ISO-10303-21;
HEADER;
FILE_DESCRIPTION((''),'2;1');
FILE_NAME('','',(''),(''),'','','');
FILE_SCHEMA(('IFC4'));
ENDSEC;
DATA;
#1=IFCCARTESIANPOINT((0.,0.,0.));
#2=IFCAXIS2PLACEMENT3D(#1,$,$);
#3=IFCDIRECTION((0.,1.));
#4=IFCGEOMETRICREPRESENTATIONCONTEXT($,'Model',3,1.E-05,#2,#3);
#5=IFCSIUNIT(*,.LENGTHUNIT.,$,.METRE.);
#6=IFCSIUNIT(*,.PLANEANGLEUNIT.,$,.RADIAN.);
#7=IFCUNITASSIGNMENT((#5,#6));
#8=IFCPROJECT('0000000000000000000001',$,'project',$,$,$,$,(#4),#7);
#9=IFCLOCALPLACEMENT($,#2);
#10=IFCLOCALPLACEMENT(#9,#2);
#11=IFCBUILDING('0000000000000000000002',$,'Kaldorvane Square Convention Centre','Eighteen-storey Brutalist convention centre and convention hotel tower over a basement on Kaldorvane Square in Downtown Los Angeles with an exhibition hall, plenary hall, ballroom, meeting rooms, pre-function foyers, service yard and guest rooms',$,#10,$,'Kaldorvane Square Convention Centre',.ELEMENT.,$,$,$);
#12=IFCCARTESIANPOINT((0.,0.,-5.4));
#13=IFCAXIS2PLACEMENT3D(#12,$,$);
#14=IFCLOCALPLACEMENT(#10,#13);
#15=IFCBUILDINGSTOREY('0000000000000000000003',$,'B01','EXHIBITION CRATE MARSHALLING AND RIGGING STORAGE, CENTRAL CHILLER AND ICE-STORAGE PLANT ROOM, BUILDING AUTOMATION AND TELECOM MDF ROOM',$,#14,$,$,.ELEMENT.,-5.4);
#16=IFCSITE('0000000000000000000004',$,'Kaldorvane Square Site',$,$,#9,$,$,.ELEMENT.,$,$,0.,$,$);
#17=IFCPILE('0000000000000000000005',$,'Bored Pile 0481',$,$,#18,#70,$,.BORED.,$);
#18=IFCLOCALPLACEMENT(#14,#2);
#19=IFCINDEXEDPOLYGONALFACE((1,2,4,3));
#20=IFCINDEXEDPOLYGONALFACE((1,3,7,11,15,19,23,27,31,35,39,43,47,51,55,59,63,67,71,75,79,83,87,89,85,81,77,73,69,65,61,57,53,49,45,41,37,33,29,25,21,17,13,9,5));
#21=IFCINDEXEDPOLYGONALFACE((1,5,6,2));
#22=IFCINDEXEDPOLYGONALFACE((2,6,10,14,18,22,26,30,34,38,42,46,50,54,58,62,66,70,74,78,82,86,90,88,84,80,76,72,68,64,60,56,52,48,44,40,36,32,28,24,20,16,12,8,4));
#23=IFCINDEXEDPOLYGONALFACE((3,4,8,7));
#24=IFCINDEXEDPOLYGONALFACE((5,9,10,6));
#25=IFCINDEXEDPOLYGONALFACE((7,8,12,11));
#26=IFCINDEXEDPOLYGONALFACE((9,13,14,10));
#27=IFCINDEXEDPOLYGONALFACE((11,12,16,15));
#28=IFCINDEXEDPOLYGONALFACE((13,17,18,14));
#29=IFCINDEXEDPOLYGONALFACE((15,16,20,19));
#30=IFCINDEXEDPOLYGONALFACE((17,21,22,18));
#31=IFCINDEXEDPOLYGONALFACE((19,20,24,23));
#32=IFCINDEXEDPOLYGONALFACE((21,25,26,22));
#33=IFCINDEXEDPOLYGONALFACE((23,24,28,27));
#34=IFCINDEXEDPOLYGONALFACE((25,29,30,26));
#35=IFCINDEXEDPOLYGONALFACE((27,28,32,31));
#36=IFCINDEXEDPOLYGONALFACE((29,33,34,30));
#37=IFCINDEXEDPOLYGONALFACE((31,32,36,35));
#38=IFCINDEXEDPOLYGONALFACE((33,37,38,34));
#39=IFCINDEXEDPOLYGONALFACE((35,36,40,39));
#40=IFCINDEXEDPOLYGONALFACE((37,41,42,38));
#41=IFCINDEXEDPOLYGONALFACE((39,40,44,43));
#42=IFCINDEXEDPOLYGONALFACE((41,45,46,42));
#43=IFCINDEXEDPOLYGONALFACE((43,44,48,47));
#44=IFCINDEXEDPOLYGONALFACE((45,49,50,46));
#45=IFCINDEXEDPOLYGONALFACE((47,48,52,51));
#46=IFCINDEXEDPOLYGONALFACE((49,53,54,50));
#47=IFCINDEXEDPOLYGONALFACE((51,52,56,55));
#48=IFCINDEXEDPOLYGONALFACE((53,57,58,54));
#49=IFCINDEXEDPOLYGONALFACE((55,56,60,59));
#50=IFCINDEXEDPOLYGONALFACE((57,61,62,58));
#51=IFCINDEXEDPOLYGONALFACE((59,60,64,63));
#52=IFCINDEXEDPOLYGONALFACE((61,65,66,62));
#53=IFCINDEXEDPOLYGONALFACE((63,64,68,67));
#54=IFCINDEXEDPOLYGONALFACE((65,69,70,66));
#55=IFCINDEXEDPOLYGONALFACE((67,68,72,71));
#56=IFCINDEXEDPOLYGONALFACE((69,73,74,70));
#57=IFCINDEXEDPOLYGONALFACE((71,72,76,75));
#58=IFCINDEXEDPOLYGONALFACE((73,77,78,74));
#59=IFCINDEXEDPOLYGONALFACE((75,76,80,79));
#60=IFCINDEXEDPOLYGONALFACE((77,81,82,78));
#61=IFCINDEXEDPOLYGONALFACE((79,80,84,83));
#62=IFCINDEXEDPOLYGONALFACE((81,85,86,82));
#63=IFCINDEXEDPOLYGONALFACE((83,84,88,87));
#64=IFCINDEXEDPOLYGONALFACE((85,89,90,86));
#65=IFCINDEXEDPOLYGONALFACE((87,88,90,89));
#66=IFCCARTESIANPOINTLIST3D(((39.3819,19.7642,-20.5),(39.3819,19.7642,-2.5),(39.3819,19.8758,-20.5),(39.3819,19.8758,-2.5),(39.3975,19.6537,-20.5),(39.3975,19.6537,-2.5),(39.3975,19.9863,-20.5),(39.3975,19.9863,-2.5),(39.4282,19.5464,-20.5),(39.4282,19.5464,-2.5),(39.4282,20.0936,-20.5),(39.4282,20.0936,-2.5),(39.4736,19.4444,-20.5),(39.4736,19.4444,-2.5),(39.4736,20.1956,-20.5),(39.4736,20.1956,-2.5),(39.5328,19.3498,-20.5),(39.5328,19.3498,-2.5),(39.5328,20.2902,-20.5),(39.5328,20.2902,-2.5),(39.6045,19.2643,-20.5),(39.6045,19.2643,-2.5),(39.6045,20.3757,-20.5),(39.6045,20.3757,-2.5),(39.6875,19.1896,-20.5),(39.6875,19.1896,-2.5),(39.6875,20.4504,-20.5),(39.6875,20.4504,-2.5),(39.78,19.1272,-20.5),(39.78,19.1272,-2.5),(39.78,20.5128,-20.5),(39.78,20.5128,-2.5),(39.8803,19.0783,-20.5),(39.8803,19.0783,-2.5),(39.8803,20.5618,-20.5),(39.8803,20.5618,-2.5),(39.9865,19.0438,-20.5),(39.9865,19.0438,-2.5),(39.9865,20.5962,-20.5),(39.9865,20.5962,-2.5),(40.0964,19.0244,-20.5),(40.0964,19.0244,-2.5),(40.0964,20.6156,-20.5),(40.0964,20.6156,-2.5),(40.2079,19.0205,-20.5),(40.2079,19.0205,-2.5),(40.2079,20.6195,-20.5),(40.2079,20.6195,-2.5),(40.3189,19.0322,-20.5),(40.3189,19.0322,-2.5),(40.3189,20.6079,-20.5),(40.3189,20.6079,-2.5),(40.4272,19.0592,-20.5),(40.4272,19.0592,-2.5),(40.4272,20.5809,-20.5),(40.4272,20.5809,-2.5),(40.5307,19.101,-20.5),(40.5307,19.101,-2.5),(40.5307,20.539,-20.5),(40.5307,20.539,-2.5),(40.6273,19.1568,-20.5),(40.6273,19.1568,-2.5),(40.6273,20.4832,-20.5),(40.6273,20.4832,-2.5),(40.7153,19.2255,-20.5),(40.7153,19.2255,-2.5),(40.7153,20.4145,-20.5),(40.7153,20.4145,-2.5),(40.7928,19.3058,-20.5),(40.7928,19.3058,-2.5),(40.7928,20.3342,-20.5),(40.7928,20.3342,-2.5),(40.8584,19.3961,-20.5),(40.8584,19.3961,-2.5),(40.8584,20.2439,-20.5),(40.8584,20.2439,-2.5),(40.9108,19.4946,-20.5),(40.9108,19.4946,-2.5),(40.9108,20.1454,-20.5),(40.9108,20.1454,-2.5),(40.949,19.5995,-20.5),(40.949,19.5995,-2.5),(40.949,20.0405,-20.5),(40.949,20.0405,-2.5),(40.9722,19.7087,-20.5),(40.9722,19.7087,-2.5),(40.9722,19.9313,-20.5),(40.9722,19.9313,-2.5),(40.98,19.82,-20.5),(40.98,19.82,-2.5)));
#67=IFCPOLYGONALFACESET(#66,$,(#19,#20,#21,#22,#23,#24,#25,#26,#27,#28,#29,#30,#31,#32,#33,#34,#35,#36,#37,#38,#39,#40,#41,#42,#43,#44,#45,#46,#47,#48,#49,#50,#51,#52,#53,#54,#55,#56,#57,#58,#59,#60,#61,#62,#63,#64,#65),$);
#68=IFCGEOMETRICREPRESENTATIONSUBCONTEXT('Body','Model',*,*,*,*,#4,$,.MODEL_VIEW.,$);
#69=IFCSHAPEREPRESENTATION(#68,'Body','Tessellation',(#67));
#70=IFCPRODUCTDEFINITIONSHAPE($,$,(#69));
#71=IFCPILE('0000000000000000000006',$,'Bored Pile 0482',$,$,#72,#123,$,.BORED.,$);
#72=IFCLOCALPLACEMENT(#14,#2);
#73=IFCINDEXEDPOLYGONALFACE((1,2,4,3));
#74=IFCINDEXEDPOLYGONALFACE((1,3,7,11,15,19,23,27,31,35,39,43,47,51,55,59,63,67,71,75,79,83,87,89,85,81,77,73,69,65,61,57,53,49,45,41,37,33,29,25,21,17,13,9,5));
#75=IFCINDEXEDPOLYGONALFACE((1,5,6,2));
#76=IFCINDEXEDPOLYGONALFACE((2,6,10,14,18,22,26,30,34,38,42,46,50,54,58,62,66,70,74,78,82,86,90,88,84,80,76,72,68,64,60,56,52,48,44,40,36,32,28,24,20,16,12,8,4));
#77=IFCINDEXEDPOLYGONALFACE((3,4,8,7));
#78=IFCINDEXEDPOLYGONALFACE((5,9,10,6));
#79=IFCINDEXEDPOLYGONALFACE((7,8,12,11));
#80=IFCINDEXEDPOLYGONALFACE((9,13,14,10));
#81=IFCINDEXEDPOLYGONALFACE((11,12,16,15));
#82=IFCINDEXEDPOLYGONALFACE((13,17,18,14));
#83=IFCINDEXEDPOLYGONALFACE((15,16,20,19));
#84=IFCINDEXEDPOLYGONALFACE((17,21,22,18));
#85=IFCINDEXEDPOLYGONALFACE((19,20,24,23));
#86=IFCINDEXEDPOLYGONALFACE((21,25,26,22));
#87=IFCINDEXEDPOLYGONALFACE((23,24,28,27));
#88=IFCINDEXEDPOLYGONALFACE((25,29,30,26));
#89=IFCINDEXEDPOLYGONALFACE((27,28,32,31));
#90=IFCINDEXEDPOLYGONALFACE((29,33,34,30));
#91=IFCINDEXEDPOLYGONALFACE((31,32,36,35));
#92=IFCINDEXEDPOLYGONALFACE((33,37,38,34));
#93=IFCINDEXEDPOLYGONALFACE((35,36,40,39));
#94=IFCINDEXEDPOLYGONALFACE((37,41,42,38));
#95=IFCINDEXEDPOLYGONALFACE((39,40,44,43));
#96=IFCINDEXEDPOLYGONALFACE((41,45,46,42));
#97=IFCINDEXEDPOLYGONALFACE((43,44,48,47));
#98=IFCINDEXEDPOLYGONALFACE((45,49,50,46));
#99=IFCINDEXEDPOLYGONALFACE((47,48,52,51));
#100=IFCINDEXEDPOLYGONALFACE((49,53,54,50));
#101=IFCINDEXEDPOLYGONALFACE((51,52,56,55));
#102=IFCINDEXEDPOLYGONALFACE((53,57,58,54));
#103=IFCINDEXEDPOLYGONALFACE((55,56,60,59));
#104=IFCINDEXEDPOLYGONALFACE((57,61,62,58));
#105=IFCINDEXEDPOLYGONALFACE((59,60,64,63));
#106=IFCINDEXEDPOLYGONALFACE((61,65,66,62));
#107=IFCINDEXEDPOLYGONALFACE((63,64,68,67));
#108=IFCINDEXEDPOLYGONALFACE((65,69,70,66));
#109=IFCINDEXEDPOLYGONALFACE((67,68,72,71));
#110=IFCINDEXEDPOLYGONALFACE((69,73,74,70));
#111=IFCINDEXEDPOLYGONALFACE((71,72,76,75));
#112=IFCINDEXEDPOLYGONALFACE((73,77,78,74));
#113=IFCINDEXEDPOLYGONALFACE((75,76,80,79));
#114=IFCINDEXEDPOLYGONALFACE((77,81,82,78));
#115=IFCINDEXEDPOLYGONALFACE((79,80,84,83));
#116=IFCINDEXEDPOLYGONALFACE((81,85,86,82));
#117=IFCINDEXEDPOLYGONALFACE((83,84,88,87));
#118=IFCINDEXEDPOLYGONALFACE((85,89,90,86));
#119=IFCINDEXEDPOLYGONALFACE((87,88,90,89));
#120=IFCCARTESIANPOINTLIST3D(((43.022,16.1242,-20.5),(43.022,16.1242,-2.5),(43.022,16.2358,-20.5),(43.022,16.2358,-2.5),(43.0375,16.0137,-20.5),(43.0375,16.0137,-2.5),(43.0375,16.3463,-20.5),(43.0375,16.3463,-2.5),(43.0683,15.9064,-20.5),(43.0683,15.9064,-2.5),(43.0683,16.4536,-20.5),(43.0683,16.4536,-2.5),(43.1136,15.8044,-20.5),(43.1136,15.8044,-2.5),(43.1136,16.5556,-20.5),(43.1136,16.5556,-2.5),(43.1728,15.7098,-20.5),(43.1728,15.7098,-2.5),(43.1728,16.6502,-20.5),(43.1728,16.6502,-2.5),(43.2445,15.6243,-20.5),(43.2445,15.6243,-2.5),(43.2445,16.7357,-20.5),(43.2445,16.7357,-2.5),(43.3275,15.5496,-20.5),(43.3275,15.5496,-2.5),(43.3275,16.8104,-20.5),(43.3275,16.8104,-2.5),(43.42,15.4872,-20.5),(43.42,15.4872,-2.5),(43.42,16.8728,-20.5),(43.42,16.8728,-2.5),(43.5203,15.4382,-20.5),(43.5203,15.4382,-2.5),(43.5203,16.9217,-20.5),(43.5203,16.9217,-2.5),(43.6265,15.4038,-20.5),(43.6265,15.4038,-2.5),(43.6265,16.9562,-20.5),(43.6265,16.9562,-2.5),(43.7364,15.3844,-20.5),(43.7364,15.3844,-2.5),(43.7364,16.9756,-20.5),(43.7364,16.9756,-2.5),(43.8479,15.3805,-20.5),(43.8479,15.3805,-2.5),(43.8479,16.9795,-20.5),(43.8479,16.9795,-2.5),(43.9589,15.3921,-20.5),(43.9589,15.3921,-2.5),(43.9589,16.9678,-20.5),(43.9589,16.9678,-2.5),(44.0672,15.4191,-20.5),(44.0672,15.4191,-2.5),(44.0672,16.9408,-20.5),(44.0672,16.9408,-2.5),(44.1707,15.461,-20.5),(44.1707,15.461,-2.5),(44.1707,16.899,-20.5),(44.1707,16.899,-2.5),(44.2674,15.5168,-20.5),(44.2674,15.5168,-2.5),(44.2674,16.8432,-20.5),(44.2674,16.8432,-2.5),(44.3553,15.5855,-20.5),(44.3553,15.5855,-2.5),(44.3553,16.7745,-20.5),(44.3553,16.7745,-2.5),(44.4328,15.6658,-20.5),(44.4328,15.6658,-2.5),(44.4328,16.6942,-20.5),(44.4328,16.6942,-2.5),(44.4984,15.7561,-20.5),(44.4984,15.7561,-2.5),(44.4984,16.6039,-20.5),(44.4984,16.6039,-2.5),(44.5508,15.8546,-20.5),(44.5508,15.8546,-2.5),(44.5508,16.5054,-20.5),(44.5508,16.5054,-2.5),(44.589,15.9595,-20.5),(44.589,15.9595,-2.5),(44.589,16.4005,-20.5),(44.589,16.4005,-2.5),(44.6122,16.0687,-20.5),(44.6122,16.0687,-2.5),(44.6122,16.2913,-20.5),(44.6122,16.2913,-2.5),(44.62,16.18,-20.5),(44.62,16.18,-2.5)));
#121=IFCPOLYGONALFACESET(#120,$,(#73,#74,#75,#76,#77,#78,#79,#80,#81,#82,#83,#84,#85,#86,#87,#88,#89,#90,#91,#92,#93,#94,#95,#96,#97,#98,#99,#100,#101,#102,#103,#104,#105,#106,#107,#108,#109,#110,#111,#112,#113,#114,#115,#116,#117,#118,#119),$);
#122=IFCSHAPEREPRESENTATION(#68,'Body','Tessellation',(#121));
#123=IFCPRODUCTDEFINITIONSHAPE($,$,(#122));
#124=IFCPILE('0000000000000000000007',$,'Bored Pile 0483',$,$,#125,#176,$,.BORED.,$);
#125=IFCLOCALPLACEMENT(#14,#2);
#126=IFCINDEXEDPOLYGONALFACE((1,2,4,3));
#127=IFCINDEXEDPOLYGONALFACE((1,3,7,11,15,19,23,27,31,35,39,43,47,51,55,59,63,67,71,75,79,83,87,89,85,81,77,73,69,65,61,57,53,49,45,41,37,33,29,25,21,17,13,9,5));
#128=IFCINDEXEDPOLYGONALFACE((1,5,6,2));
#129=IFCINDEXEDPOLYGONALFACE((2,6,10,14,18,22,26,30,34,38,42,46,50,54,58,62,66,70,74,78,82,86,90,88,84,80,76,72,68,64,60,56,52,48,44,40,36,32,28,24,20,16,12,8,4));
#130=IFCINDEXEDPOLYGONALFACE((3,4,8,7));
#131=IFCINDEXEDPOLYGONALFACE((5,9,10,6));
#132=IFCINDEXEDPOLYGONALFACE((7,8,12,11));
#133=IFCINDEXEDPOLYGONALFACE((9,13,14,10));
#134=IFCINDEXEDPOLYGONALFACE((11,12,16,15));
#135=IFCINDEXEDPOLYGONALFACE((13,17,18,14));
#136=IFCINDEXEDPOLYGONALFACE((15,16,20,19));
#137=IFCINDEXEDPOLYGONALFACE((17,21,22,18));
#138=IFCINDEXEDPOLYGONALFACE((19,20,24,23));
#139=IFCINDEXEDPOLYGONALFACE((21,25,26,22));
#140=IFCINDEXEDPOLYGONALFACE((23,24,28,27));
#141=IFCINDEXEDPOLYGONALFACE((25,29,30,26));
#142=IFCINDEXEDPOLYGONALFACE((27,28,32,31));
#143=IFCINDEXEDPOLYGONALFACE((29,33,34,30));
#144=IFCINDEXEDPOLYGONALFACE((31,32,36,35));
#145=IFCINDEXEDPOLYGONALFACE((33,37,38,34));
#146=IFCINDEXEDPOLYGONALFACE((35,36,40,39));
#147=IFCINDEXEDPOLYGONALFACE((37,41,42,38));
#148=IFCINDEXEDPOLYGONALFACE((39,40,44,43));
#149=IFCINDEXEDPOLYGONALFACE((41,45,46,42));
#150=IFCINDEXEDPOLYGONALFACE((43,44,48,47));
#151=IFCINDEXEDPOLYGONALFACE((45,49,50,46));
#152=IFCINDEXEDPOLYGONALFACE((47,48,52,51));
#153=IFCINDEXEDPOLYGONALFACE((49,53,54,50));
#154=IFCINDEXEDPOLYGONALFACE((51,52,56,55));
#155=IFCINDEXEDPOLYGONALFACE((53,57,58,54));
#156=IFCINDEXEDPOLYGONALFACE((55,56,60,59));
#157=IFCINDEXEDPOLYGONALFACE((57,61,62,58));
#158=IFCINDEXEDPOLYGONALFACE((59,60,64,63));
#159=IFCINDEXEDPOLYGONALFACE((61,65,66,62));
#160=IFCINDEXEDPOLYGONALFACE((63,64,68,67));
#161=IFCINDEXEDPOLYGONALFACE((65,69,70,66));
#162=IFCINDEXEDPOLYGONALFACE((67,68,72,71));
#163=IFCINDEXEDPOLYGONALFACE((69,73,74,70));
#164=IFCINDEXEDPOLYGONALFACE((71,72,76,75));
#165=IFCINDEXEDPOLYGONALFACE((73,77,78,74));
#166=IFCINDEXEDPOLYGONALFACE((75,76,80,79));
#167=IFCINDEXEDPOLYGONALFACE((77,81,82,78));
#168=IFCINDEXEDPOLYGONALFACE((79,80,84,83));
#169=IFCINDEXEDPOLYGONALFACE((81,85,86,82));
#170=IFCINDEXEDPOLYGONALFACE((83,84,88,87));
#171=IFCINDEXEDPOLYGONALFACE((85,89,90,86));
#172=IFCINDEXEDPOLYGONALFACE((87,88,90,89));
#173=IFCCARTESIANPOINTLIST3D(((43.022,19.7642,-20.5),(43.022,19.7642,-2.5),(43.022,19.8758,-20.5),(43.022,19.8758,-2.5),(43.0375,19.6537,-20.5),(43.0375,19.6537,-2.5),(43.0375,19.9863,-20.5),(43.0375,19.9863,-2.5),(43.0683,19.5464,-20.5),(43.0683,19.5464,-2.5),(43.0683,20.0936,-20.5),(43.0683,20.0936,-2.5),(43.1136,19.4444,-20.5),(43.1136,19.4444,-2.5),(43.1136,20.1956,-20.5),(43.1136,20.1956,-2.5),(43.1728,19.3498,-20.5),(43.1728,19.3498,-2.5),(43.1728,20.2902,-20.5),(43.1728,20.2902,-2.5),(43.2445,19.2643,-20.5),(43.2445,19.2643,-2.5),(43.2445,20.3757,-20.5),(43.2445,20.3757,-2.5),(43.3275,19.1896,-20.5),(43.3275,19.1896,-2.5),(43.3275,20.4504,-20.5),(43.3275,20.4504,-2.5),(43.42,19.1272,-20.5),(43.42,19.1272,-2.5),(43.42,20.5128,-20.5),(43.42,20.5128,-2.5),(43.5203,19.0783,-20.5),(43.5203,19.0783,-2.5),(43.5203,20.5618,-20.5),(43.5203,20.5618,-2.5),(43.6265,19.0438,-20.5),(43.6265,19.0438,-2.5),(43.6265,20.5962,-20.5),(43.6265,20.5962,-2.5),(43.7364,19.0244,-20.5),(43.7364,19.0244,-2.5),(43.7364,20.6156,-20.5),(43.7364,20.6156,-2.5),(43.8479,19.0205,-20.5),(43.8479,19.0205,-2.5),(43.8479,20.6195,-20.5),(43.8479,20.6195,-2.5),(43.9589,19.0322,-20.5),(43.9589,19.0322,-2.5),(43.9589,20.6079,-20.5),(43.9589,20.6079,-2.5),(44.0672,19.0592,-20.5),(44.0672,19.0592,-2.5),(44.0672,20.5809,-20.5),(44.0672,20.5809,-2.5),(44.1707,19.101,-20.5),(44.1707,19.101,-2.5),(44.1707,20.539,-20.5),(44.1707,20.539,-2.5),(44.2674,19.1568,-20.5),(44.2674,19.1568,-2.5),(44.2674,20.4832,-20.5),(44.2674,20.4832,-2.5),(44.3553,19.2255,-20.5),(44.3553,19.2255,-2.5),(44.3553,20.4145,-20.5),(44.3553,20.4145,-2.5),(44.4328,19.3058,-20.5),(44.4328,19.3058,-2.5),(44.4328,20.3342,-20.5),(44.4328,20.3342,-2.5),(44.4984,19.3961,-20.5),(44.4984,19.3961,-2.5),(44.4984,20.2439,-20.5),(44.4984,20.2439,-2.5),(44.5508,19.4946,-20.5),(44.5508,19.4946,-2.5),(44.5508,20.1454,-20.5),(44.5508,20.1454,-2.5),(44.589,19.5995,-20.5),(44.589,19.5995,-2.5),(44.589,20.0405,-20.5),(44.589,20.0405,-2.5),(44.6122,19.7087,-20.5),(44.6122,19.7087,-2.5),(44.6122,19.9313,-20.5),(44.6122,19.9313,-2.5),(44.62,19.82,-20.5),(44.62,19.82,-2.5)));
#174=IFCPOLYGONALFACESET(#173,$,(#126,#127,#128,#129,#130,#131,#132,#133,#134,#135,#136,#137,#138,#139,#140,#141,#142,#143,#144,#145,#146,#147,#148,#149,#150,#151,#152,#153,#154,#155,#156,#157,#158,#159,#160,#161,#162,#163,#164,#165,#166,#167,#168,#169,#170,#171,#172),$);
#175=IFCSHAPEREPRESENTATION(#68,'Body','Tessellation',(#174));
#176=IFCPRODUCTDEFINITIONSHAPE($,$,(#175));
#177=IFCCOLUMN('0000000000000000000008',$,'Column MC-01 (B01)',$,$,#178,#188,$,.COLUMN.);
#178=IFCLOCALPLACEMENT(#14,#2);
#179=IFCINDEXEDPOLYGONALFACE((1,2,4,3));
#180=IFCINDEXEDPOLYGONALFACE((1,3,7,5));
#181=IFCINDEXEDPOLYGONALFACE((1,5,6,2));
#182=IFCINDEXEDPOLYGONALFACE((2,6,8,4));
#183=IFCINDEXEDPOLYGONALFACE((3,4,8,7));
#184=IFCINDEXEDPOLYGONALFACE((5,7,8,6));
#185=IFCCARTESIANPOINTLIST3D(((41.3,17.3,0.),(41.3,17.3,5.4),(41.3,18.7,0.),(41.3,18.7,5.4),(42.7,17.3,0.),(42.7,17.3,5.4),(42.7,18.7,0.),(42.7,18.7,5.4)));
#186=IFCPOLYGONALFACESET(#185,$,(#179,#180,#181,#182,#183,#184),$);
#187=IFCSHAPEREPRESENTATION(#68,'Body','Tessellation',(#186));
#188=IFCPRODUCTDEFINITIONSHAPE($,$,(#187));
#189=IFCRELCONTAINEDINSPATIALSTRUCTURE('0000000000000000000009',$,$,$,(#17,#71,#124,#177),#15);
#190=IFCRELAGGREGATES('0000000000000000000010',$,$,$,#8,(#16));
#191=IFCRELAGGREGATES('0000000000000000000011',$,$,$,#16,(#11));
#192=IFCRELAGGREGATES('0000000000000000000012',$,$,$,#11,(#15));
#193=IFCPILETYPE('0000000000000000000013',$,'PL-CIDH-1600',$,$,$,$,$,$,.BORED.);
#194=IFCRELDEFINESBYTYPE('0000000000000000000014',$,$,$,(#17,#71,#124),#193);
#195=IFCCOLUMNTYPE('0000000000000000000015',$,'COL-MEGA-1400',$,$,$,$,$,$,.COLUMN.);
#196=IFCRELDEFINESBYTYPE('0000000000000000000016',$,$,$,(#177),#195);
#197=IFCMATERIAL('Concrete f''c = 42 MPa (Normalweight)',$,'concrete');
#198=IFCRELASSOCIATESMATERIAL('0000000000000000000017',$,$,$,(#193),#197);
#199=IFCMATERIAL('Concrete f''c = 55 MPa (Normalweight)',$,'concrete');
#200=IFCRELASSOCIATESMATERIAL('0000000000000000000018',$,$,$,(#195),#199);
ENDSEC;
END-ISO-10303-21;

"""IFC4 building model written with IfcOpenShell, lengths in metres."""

from ifc_helpers import new_model, si_unit, direction, frame, origin, origin_2d, place, context, subcontext, project, spatial, rectangle, circle, extrude, material, material_profile, profile_set, type_object, element, save


model = new_model("IFC4")

# Units and contexts
model_context = context("Model", 3, precision=1e-05, world=origin(), true_north=direction((0.0, 1.0)))
body_context = subcontext(model_context, "Body", "Model", "MODEL_VIEW")
ifc_project = project(units=[si_unit("LENGTHUNIT", "METRE"), si_unit("PLANEANGLEUNIT", "RADIAN")], contexts=[model_context])

# Site, building, storey
site_placement = place(None, origin())
site = spatial("IfcSite", under=ifc_project, at=site_placement, Name="Kaldorvane Square Site", CompositionType="ELEMENT", RefElevation=0.0)
building_placement = place(site_placement, origin())
building = spatial("IfcBuilding", under=site, at=building_placement, Name="Kaldorvane Square Convention Centre", Description="Eighteen-storey Brutalist convention centre and convention hotel tower over a basement on Kaldorvane Square in Downtown Los Angeles with an exhibition hall, plenary hall, ballroom, meeting rooms, pre-function foyers, service yard and guest rooms", LongName="Kaldorvane Square Convention Centre", CompositionType="ELEMENT")
storey_placement = place(building_placement, frame((0.0, 0.0, -5.4)))
storey = spatial("IfcBuildingStorey", under=building, at=storey_placement, Name="B01", Description="EXHIBITION CRATE MARSHALLING AND RIGGING STORAGE, CENTRAL CHILLER AND ICE-STORAGE PLANT ROOM, BUILDING AUTOMATION AND TELECOM MDF ROOM", CompositionType="ELEMENT", Elevation=-5.4)

# Shared definitions
ifc_material_1 = material(Name="Concrete f'c = 42 MPa (Normalweight)", Category="concrete")

# Piles
ifc_material_profile_1 = material_profile(ifc_material_1, circle(Radius=0.8, at=origin_2d()), Name="PILE-D1600")
ifc_profile_set_1 = profile_set([ifc_material_profile_1], Name="Concrete f'c = 42 MPa (Normalweight)")
pile_type_1 = type_object("IfcPileType", Name="PL-CIDH-1600", PredefinedType="BORED", material=ifc_profile_set_1)
for number, where, z_axis, x_axis, name in (
    (1, (40.18, 19.82, -2.5), (0.0, 0.0, -1.0), (1.0, 0.0, 0.0), "Bored Pile 0481"),
    (2, (43.82, 16.18, -2.5), (0.0, 0.0, -1.0), (1.0, 0.0, 0.0), "Bored Pile 0482"),
    (3, (43.82, 19.82, -2.5), (0.0, 0.0, -1.0), (1.0, 0.0, 0.0), "Bored Pile 0483"),
):
    element("IfcPile", number, at=place(storey_placement, frame(where, z_axis=z_axis, x_axis=x_axis)), inside=storey, type_object=pile_type_1, Name=name, PredefinedType="BORED", context=body_context, shape_type="SweptSolid", body=[
        extrude(circle(Radius=0.8, at=origin_2d()), origin(), (0.0, 0.0, 1.0), 18.0),
    ])

# Column
ifc_material_2 = material(Name="Concrete f'c = 55 MPa (Normalweight)", Category="concrete")
ifc_material_profile_2 = material_profile(ifc_material_2, rectangle(XDim=1.4, YDim=1.4, at=origin_2d()), Name="RC1400X1400")
ifc_profile_set_2 = profile_set([ifc_material_profile_2], Name="Concrete f'c = 55 MPa (Normalweight)")
column_type_1 = type_object("IfcColumnType", Name="COL-MEGA-1400", PredefinedType="COLUMN", material=ifc_profile_set_2)
column_1_placement = place(storey_placement, frame((42.0, 18.0, 0.0), z_axis=(0.0, 0.0, 1.0), x_axis=(1.0, 0.0, 0.0)))
element("IfcColumn", 4, at=column_1_placement, inside=storey, type_object=column_type_1, Name="Column MC-01 (B01)", PredefinedType="COLUMN", context=body_context, shape_type="SweptSolid", body=[
    extrude(rectangle(XDim=1.4, YDim=1.4, at=origin_2d()), origin(), (0.0, 0.0, 1.0), 5.4),
])

save(model, "model.ifc")
